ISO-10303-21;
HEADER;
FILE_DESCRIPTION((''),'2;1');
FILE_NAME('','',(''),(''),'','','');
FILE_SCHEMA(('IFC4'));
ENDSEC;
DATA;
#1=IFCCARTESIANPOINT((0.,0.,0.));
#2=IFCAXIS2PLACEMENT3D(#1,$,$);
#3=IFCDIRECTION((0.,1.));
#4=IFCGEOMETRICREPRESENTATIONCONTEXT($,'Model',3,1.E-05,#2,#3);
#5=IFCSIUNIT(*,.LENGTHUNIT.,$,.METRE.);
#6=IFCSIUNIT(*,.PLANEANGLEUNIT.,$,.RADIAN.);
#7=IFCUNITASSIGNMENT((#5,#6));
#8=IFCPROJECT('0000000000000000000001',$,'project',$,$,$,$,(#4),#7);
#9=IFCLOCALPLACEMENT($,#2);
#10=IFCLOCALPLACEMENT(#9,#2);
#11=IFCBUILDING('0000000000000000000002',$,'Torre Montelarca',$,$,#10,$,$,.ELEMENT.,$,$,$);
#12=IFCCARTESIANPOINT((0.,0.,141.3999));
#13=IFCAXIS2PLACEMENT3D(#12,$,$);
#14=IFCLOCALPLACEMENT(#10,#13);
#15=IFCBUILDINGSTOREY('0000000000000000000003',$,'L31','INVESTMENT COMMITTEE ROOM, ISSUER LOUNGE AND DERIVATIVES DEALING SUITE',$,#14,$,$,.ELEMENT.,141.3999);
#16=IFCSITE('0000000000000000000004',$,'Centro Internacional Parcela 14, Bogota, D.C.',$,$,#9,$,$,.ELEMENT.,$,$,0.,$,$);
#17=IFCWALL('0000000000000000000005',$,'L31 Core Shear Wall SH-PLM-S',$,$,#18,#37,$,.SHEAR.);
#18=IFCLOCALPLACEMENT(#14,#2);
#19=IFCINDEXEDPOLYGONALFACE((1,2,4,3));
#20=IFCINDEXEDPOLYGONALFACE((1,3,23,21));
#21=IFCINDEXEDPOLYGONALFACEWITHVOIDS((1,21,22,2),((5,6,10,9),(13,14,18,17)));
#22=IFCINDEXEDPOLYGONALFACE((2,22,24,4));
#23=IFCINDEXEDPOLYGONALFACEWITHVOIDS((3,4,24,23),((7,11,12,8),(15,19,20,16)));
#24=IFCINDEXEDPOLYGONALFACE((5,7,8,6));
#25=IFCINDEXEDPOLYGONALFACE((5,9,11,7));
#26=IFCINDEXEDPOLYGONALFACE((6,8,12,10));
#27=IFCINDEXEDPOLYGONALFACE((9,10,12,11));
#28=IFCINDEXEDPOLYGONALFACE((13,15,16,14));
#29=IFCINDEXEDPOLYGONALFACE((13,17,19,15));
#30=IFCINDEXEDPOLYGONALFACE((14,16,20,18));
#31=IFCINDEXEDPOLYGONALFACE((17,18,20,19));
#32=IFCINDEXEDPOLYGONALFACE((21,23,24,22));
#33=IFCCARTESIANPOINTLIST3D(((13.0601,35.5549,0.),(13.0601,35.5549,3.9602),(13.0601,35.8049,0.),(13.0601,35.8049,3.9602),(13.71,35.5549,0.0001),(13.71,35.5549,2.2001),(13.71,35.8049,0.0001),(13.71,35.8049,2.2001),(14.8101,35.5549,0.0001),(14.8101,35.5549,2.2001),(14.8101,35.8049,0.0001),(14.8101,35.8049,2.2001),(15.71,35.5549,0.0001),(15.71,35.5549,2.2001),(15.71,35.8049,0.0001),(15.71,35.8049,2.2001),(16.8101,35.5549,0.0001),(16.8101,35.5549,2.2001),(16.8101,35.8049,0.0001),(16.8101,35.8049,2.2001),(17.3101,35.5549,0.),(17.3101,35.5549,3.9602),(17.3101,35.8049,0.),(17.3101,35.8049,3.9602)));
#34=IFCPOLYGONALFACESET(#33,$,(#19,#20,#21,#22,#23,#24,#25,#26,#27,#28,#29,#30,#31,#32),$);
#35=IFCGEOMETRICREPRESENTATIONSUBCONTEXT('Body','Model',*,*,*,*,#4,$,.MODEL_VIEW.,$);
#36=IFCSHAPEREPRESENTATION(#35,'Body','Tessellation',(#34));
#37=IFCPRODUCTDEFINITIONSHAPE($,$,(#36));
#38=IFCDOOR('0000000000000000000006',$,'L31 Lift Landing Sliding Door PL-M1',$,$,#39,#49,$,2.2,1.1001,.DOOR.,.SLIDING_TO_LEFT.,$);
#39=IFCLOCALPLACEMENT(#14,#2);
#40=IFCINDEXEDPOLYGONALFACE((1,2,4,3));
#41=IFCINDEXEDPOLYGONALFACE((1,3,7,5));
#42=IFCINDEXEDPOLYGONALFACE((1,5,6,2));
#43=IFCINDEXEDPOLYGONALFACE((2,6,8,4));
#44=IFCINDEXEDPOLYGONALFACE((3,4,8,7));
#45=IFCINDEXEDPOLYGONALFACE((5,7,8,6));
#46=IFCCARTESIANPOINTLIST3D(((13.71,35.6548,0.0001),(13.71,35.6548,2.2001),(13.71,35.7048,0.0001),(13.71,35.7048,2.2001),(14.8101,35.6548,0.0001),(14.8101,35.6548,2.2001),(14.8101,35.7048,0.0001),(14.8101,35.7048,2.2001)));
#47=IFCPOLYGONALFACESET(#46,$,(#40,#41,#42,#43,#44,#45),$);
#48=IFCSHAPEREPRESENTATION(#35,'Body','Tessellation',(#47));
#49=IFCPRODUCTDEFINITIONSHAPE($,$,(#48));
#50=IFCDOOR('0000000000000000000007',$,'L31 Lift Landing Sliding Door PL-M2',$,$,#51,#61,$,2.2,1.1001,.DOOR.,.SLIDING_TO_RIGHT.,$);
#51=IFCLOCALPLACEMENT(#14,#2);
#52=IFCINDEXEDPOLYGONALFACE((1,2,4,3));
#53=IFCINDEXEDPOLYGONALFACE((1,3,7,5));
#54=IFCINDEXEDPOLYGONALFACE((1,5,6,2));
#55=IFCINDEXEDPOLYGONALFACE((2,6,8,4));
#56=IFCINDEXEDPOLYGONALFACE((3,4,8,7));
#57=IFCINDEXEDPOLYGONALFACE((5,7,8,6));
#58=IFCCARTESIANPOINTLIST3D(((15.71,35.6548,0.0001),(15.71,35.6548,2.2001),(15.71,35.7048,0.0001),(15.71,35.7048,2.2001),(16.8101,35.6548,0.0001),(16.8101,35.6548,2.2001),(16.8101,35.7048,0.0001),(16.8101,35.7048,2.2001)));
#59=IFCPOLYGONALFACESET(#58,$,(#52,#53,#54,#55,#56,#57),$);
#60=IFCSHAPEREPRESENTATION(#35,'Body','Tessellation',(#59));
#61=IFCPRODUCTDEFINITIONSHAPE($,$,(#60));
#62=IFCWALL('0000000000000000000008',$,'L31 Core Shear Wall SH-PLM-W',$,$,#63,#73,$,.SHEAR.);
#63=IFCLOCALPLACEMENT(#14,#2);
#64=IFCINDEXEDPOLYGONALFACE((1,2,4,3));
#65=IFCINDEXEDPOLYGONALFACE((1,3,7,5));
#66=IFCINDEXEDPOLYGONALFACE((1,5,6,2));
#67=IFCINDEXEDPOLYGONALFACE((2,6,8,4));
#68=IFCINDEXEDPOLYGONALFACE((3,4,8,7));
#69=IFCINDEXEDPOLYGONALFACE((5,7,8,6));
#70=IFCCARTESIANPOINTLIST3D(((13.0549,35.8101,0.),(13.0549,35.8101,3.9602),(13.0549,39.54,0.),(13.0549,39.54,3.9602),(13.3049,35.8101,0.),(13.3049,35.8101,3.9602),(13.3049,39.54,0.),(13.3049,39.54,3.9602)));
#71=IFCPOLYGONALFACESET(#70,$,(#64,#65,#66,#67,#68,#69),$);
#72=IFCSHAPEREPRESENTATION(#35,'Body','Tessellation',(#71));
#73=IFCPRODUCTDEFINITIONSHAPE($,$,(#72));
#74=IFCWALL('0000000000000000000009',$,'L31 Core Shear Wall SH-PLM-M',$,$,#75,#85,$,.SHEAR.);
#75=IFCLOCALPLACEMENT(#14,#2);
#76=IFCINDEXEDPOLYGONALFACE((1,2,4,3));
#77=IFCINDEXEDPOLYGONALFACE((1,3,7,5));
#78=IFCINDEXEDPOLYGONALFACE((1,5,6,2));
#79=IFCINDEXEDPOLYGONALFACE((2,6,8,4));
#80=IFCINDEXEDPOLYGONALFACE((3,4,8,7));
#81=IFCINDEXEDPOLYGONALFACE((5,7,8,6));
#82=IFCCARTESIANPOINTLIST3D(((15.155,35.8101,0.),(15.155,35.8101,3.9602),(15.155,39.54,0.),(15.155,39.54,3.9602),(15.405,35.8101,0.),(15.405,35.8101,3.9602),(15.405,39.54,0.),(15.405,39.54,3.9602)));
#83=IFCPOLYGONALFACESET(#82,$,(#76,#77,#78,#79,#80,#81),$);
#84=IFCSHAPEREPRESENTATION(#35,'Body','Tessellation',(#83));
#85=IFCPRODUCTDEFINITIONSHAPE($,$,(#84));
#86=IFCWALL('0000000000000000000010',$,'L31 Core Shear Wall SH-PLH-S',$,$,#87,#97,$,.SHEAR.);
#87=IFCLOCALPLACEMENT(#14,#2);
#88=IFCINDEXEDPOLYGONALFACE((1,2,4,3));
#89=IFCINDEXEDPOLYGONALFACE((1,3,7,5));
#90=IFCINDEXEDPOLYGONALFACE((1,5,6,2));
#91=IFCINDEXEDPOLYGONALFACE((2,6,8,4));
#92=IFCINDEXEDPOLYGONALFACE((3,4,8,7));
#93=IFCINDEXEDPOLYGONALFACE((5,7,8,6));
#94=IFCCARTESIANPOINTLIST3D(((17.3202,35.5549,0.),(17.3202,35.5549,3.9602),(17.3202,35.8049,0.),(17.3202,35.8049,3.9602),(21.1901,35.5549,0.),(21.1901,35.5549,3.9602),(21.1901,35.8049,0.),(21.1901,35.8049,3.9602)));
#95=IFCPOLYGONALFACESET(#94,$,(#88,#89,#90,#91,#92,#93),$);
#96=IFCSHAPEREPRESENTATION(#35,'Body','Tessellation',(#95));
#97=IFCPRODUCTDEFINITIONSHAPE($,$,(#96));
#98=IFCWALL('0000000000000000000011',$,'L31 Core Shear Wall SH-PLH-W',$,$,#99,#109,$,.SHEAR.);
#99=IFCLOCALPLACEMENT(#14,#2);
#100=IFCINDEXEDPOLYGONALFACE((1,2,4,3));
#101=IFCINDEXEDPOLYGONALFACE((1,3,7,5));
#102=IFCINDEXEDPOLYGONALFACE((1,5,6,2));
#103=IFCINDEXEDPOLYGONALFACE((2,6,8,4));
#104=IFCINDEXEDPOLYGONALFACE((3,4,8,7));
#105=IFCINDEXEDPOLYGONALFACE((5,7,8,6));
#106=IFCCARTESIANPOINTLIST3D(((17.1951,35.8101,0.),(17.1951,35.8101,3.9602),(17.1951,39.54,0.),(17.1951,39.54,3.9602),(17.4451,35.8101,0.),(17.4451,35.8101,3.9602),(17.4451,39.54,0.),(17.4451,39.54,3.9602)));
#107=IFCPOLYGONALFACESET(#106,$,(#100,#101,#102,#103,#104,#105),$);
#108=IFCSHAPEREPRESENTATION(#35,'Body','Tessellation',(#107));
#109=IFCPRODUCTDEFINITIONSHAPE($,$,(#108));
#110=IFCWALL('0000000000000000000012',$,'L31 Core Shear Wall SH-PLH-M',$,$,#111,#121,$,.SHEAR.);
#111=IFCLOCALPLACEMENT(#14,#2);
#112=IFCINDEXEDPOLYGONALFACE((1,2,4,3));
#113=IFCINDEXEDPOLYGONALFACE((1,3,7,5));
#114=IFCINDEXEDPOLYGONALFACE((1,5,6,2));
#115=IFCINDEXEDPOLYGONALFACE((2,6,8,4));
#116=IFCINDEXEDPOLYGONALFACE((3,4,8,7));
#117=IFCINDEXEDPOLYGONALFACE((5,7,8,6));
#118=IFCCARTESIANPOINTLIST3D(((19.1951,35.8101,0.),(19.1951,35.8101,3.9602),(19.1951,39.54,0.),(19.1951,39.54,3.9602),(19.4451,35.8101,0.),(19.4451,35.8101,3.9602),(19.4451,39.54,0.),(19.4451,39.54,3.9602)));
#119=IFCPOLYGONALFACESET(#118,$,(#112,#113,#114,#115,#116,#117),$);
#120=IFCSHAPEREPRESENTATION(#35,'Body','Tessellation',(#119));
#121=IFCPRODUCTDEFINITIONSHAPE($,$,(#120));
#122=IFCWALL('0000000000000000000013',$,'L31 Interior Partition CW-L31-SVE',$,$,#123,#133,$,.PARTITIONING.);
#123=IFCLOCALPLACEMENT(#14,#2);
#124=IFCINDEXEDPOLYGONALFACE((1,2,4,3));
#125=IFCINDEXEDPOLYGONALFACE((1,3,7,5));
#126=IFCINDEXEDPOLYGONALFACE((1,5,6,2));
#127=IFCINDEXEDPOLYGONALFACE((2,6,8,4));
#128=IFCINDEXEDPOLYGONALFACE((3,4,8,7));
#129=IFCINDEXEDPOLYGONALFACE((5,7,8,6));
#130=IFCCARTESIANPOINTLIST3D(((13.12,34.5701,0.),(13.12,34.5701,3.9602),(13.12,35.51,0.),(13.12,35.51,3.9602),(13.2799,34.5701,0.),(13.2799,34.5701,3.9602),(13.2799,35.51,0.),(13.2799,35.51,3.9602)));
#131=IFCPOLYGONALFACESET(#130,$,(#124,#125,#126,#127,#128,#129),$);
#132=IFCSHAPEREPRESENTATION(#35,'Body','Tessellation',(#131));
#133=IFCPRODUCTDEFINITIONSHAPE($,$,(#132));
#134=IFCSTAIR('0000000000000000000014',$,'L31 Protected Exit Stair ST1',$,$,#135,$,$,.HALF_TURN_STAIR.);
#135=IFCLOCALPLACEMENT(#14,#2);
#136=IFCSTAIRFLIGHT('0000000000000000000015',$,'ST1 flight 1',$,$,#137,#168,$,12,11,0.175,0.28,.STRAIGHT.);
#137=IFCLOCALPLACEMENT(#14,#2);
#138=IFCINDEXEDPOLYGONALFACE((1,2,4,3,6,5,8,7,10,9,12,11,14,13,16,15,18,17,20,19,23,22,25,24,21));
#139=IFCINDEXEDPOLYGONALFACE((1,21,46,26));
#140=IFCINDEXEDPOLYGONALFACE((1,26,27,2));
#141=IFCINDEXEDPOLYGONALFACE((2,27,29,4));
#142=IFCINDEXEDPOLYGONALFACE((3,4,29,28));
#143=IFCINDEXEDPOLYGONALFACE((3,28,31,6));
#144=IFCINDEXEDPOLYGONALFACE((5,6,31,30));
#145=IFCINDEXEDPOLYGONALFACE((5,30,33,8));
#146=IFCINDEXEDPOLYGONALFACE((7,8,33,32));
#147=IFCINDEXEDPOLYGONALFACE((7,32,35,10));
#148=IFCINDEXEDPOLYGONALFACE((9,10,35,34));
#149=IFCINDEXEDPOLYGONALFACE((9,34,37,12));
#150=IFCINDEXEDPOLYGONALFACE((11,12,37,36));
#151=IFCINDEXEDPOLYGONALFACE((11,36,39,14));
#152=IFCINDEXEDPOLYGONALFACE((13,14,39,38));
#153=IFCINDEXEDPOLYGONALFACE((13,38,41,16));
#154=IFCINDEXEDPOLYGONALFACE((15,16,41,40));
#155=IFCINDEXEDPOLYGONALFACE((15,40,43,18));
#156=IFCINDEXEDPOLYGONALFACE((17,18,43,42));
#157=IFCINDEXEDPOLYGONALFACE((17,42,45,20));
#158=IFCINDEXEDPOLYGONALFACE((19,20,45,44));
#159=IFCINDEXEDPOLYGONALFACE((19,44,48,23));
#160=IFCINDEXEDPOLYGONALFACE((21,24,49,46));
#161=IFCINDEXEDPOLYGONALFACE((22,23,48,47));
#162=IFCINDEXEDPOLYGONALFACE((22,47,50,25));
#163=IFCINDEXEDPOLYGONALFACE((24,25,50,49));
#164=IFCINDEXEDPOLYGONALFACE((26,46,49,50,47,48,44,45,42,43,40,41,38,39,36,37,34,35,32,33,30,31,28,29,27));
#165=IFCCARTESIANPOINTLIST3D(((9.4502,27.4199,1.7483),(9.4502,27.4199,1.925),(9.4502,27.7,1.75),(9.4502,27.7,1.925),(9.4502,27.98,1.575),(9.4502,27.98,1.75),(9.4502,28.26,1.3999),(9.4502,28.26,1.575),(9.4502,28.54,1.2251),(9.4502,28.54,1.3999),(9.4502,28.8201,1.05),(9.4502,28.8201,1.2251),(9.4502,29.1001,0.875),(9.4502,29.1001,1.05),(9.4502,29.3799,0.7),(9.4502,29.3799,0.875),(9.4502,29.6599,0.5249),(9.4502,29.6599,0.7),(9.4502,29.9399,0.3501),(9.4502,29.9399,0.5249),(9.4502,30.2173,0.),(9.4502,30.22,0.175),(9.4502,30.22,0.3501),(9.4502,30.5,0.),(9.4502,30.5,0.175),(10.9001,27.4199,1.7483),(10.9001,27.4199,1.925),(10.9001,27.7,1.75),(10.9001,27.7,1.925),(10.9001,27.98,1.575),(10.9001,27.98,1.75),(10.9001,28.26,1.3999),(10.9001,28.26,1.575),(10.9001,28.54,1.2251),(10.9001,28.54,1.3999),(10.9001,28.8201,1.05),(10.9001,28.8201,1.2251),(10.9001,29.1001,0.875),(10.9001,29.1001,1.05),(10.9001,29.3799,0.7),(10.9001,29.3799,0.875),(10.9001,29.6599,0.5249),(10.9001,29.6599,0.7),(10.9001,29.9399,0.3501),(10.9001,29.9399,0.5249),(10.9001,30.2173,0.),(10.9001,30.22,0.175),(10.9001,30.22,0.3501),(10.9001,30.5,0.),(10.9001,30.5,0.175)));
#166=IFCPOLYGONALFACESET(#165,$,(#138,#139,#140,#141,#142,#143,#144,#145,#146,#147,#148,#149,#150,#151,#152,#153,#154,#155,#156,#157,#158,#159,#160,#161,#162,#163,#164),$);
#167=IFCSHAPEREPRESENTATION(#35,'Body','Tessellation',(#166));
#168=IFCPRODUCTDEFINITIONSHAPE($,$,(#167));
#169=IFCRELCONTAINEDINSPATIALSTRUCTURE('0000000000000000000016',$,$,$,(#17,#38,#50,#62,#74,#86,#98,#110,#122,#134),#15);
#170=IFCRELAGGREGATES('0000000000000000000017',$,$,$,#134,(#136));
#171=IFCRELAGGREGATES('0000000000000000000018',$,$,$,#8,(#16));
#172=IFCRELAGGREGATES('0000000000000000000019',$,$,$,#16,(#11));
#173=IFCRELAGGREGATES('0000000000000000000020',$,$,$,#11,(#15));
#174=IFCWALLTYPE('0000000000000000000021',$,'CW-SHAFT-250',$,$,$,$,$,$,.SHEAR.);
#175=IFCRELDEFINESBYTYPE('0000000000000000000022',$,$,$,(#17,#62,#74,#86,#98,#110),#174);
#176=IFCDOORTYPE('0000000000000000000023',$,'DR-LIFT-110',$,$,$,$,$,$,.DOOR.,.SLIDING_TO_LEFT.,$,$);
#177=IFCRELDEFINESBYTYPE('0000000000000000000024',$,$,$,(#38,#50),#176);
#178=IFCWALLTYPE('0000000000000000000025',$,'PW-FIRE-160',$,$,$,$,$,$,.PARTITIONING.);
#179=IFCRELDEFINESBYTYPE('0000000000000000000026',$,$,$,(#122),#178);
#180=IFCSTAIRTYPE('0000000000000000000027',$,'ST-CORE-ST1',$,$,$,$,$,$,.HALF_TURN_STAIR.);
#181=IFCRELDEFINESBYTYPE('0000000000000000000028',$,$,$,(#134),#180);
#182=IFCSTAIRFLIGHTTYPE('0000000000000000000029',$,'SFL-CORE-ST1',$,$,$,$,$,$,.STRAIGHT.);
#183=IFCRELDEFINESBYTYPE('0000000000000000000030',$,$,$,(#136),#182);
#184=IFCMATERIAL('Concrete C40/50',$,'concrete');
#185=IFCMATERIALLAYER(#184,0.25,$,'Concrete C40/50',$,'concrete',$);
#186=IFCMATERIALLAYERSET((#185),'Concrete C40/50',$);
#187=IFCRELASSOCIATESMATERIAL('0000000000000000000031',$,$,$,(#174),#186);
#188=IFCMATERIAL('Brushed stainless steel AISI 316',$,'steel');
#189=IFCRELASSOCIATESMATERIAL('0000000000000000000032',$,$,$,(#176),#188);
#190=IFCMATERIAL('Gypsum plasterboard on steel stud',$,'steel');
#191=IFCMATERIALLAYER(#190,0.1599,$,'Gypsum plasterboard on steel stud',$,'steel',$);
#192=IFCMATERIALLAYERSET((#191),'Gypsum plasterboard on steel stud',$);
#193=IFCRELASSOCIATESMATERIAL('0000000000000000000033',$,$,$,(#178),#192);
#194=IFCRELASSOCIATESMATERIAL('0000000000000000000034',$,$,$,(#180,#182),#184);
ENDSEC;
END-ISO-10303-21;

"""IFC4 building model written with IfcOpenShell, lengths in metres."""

from ifc_helpers import new_model, si_unit, direction, frame, frame_2d, origin, place, context, subcontext, project, spatial, polyline, rectangle, outline, extrude, source, transform, mapped, material, layer, layer_set, type_object, element, fill, aggregate, save


model = new_model("IFC4")

# Units and contexts
model_context = context("Model", 3, precision=1e-05, world=origin(), true_north=direction((0.0, 1.0)))
body_context = subcontext(model_context, "Body", "Model", "MODEL_VIEW")
ifc_project = project(units=[si_unit("LENGTHUNIT", "METRE"), si_unit("PLANEANGLEUNIT", "RADIAN")], contexts=[model_context])

# Site, building, storey
site_placement = place(None, origin())
site = spatial("IfcSite", under=ifc_project, at=site_placement, Name="Centro Internacional Parcela 14, Bogota, D.C.", CompositionType="ELEMENT", RefElevation=0.0)
building_placement = place(site_placement, origin())
building = spatial("IfcBuilding", under=site, at=building_placement, Name="Torre Montelarca", CompositionType="ELEMENT")
storey_placement = place(building_placement, frame((0.0, 0.0, 141.3999)))
storey = spatial("IfcBuildingStorey", under=building, at=storey_placement, Name="L31", Description="INVESTMENT COMMITTEE ROOM, ISSUER LOUNGE AND DERIVATIVES DEALING SUITE", CompositionType="ELEMENT", Elevation=141.3999)

# Shared definitions
ifc_material_1 = material(Name="Concrete C40/50", Category="concrete")
ifc_layer_1 = layer(ifc_material_1, 0.25, Name="Concrete C40/50", Category="concrete")
ifc_layer_set_1 = layer_set([ifc_layer_1], Name="Concrete C40/50")
wall_type_1 = type_object("IfcWallType", Name="CW-SHAFT-250", PredefinedType="SHEAR", material=ifc_layer_set_1)

# Shared definitions
ifc_material_2 = material(Name="Brushed stainless steel AISI 316", Category="steel")

# Wall, openings, doors
wall_1_placement = place(storey_placement, frame((13.0601, 35.6799, 0.0), z_axis=(0.0, 0.0, 1.0), x_axis=(1.0, 0.0, 0.0)))
wall_1 = element("IfcWall", 1, at=wall_1_placement, inside=storey, type_object=wall_type_1, Name="L31 Core Shear Wall SH-PLM-S", PredefinedType="SHEAR", context=body_context, shape_type="SweptSolid", body=[
    extrude(rectangle(XDim=4.25, YDim=0.25, at=frame_2d((2.125, 0.0))), origin(), (0.0, 0.0, 1.0), 3.9602),
])
opening_1_placement = place(wall_1_placement, frame((0.6499, 0.0, 0.0)))
opening_1 = element("IfcOpeningElement", 2, at=opening_1_placement, cuts=wall_1, PredefinedType="OPENING", context=body_context, shape_type="SweptSolid", body=[
    extrude(rectangle(XDim=1.1001, YDim=2.2, at=frame_2d((0.55, 1.1001))), frame((0.0, 0.135, 0.0), z_axis=(0.0, -1.0, 0.0), x_axis=(1.0, 0.0, 0.0)), (0.0, 0.0, 1.0), 0.27),
])
opening_2_placement = place(wall_1_placement, frame((2.6499, 0.0, 0.0)))
opening_2 = element("IfcOpeningElement", 3, at=opening_2_placement, cuts=wall_1, PredefinedType="OPENING", context=body_context, shape_type="SweptSolid", body=[
    extrude(rectangle(XDim=1.1001, YDim=2.2, at=frame_2d((0.55, 1.1001))), frame((0.0, 0.135, 0.0), z_axis=(0.0, -1.0, 0.0), x_axis=(1.0, 0.0, 0.0)), (0.0, 0.0, 1.0), 0.27),
])
door_type_1 = type_object("IfcDoorType", Name="DR-LIFT-110", OperationType="SLIDING_TO_LEFT", PredefinedType="DOOR", material=ifc_material_2)
shared_shape_1 = source(origin(), body_context, "Body", "SweptSolid", [
    extrude(rectangle(XDim=1.1001, YDim=2.2, at=frame_2d((0.55, 1.1001))), frame((0.0, 0.0249, 0.0), z_axis=(0.0, -1.0, 0.0), x_axis=(1.0, 0.0, 0.0)), (0.0, 0.0, 1.0), 0.05),
])
door_1_placement = place(opening_1_placement, origin())
door_1 = element("IfcDoor", 4, at=door_1_placement, inside=storey, type_object=door_type_1, Name="L31 Lift Landing Sliding Door PL-M1", OperationType="SLIDING_TO_LEFT", OverallHeight=2.2, OverallWidth=1.1001, PredefinedType="DOOR", context=body_context, shape_type="MappedRepresentation", body=[
    mapped(shared_shape_1, transform((0.0, 0.0, 0.0), scale=1.0)),
])
fill(opening_1, door_1)
door_2_placement = place(opening_2_placement, origin())
door_2 = element("IfcDoor", 5, at=door_2_placement, inside=storey, type_object=door_type_1, Name="L31 Lift Landing Sliding Door PL-M2", OperationType="SLIDING_TO_RIGHT", OverallHeight=2.2, OverallWidth=1.1001, PredefinedType="DOOR", context=body_context, shape_type="MappedRepresentation", body=[
    mapped(shared_shape_1, transform((0.0, 0.0, 0.0), scale=1.0)),
])
fill(opening_2, door_2)

# Walls
for number, where, z_axis, x_axis, name in (
    (6, (13.1799, 35.8101, 0.0), (0.0, 0.0, 1.0), (0.0, 1.0, 0.0), "L31 Core Shear Wall SH-PLM-W"),
    (7, (15.28, 35.8101, 0.0), (0.0, 0.0, 1.0), (0.0, 1.0, 0.0), "L31 Core Shear Wall SH-PLM-M"),
):
    element("IfcWall", number, at=place(storey_placement, frame(where, z_axis=z_axis, x_axis=x_axis)), inside=storey, type_object=wall_type_1, Name=name, PredefinedType="SHEAR", context=body_context, shape_type="SweptSolid", body=[
        extrude(rectangle(XDim=3.73, YDim=0.25, at=frame_2d((1.865, 0.0))), origin(), (0.0, 0.0, 1.0), 3.9602),
    ])
wall_2_placement = place(storey_placement, frame((17.3201, 35.6799, 0.0), z_axis=(0.0, 0.0, 1.0), x_axis=(1.0, 0.0, 0.0)))
element("IfcWall", 8, at=wall_2_placement, inside=storey, type_object=wall_type_1, Name="L31 Core Shear Wall SH-PLH-S", PredefinedType="SHEAR", context=body_context, shape_type="SweptSolid", body=[
    extrude(rectangle(XDim=3.8699, YDim=0.25, at=frame_2d((1.9351, 0.0))), origin(), (0.0, 0.0, 1.0), 3.9602),
])
for number, where, z_axis, x_axis, name in (
    (9, (17.3201, 35.8101, 0.0), (0.0, 0.0, 1.0), (0.0, 1.0, 0.0), "L31 Core Shear Wall SH-PLH-W"),
    (10, (19.3201, 35.8101, 0.0), (0.0, 0.0, 1.0), (0.0, 1.0, 0.0), "L31 Core Shear Wall SH-PLH-M"),
):
    element("IfcWall", number, at=place(storey_placement, frame(where, z_axis=z_axis, x_axis=x_axis)), inside=storey, type_object=wall_type_1, Name=name, PredefinedType="SHEAR", context=body_context, shape_type="SweptSolid", body=[
        extrude(rectangle(XDim=3.73, YDim=0.25, at=frame_2d((1.865, 0.0))), origin(), (0.0, 0.0, 1.0), 3.9602),
    ])

# Shared definitions
ifc_material_3 = material(Name="Gypsum plasterboard on steel stud", Category="steel")
ifc_layer_2 = layer(ifc_material_3, 0.1599, Name="Gypsum plasterboard on steel stud", Category="steel")
ifc_layer_set_2 = layer_set([ifc_layer_2], Name="Gypsum plasterboard on steel stud")
wall_type_2 = type_object("IfcWallType", Name="PW-FIRE-160", PredefinedType="PARTITIONING", material=ifc_layer_set_2)

# Wall
wall_3_placement = place(storey_placement, frame((13.2, 34.5701, 0.0), z_axis=(0.0, 0.0, 1.0), x_axis=(0.0, 1.0, 0.0)))
element("IfcWall", 11, at=wall_3_placement, inside=storey, type_object=wall_type_2, Name="L31 Interior Partition CW-L31-SVE", PredefinedType="PARTITIONING", context=body_context, shape_type="SweptSolid", body=[
    extrude(rectangle(XDim=0.9399, YDim=0.1599, at=frame_2d((0.47, 0.0))), origin(), (0.0, 0.0, 1.0), 3.9602),
])

# Stair, stair flight
stair_type = type_object("IfcStairType", Name="ST-CORE-ST1", PredefinedType="HALF_TURN_STAIR", material=ifc_material_1)
stair_placement = place(storey_placement, origin())
stair = element("IfcStair", 12, at=stair_placement, inside=storey, type_object=stair_type, Name="L31 Protected Exit Stair ST1", PredefinedType="HALF_TURN_STAIR")
stair_flight_type = type_object("IfcStairFlightType", Name="SFL-CORE-ST1", PredefinedType="STRAIGHT", material=ifc_material_1)
stair_flight_placement = place(storey_placement, frame((10.175, 30.5, 0.0), z_axis=(0.0, 0.0, 1.0), x_axis=(0.0, -1.0, 0.0)))
stair_flight = element("IfcStairFlight", 13, at=stair_flight_placement, type_object=stair_flight_type, Name="ST1 flight 1", NumberOfRisers=12, NumberOfTreads=11, PredefinedType="STRAIGHT", RiserHeight=0.175, TreadLength=0.28, context=body_context, shape_type="SweptSolid", body=[
    extrude(outline(polyline([(0.0, 0.0), (0.0, 0.175), (0.28, 0.175), (0.28, 0.3501), (0.5601, 0.3501), (0.5601, 0.5249), (0.8401, 0.5249), (0.8401, 0.7), (1.1201, 0.7), (1.1201, 0.875), (1.3999, 0.875), (1.3999, 1.05), (1.6799, 1.05), (1.6799, 1.2251), (1.96, 1.2251), (1.96, 1.3999), (2.24, 1.3999), (2.24, 1.575), (2.52, 1.575), (2.52, 1.75), (2.8, 1.75), (2.8, 1.925), (3.0801, 1.925), (3.0801, 2.1001), (3.0801, 1.7483), (0.2827, 0.0), (0.0, 0.0)])), frame((0.0, 0.7251, 0.0), z_axis=(0.0, -1.0, 0.0), x_axis=(1.0, 0.0, 0.0)), (0.0, 0.0, 1.0), 1.45),
])
aggregate(stair, [stair_flight])

save(model, "model.ifc")
